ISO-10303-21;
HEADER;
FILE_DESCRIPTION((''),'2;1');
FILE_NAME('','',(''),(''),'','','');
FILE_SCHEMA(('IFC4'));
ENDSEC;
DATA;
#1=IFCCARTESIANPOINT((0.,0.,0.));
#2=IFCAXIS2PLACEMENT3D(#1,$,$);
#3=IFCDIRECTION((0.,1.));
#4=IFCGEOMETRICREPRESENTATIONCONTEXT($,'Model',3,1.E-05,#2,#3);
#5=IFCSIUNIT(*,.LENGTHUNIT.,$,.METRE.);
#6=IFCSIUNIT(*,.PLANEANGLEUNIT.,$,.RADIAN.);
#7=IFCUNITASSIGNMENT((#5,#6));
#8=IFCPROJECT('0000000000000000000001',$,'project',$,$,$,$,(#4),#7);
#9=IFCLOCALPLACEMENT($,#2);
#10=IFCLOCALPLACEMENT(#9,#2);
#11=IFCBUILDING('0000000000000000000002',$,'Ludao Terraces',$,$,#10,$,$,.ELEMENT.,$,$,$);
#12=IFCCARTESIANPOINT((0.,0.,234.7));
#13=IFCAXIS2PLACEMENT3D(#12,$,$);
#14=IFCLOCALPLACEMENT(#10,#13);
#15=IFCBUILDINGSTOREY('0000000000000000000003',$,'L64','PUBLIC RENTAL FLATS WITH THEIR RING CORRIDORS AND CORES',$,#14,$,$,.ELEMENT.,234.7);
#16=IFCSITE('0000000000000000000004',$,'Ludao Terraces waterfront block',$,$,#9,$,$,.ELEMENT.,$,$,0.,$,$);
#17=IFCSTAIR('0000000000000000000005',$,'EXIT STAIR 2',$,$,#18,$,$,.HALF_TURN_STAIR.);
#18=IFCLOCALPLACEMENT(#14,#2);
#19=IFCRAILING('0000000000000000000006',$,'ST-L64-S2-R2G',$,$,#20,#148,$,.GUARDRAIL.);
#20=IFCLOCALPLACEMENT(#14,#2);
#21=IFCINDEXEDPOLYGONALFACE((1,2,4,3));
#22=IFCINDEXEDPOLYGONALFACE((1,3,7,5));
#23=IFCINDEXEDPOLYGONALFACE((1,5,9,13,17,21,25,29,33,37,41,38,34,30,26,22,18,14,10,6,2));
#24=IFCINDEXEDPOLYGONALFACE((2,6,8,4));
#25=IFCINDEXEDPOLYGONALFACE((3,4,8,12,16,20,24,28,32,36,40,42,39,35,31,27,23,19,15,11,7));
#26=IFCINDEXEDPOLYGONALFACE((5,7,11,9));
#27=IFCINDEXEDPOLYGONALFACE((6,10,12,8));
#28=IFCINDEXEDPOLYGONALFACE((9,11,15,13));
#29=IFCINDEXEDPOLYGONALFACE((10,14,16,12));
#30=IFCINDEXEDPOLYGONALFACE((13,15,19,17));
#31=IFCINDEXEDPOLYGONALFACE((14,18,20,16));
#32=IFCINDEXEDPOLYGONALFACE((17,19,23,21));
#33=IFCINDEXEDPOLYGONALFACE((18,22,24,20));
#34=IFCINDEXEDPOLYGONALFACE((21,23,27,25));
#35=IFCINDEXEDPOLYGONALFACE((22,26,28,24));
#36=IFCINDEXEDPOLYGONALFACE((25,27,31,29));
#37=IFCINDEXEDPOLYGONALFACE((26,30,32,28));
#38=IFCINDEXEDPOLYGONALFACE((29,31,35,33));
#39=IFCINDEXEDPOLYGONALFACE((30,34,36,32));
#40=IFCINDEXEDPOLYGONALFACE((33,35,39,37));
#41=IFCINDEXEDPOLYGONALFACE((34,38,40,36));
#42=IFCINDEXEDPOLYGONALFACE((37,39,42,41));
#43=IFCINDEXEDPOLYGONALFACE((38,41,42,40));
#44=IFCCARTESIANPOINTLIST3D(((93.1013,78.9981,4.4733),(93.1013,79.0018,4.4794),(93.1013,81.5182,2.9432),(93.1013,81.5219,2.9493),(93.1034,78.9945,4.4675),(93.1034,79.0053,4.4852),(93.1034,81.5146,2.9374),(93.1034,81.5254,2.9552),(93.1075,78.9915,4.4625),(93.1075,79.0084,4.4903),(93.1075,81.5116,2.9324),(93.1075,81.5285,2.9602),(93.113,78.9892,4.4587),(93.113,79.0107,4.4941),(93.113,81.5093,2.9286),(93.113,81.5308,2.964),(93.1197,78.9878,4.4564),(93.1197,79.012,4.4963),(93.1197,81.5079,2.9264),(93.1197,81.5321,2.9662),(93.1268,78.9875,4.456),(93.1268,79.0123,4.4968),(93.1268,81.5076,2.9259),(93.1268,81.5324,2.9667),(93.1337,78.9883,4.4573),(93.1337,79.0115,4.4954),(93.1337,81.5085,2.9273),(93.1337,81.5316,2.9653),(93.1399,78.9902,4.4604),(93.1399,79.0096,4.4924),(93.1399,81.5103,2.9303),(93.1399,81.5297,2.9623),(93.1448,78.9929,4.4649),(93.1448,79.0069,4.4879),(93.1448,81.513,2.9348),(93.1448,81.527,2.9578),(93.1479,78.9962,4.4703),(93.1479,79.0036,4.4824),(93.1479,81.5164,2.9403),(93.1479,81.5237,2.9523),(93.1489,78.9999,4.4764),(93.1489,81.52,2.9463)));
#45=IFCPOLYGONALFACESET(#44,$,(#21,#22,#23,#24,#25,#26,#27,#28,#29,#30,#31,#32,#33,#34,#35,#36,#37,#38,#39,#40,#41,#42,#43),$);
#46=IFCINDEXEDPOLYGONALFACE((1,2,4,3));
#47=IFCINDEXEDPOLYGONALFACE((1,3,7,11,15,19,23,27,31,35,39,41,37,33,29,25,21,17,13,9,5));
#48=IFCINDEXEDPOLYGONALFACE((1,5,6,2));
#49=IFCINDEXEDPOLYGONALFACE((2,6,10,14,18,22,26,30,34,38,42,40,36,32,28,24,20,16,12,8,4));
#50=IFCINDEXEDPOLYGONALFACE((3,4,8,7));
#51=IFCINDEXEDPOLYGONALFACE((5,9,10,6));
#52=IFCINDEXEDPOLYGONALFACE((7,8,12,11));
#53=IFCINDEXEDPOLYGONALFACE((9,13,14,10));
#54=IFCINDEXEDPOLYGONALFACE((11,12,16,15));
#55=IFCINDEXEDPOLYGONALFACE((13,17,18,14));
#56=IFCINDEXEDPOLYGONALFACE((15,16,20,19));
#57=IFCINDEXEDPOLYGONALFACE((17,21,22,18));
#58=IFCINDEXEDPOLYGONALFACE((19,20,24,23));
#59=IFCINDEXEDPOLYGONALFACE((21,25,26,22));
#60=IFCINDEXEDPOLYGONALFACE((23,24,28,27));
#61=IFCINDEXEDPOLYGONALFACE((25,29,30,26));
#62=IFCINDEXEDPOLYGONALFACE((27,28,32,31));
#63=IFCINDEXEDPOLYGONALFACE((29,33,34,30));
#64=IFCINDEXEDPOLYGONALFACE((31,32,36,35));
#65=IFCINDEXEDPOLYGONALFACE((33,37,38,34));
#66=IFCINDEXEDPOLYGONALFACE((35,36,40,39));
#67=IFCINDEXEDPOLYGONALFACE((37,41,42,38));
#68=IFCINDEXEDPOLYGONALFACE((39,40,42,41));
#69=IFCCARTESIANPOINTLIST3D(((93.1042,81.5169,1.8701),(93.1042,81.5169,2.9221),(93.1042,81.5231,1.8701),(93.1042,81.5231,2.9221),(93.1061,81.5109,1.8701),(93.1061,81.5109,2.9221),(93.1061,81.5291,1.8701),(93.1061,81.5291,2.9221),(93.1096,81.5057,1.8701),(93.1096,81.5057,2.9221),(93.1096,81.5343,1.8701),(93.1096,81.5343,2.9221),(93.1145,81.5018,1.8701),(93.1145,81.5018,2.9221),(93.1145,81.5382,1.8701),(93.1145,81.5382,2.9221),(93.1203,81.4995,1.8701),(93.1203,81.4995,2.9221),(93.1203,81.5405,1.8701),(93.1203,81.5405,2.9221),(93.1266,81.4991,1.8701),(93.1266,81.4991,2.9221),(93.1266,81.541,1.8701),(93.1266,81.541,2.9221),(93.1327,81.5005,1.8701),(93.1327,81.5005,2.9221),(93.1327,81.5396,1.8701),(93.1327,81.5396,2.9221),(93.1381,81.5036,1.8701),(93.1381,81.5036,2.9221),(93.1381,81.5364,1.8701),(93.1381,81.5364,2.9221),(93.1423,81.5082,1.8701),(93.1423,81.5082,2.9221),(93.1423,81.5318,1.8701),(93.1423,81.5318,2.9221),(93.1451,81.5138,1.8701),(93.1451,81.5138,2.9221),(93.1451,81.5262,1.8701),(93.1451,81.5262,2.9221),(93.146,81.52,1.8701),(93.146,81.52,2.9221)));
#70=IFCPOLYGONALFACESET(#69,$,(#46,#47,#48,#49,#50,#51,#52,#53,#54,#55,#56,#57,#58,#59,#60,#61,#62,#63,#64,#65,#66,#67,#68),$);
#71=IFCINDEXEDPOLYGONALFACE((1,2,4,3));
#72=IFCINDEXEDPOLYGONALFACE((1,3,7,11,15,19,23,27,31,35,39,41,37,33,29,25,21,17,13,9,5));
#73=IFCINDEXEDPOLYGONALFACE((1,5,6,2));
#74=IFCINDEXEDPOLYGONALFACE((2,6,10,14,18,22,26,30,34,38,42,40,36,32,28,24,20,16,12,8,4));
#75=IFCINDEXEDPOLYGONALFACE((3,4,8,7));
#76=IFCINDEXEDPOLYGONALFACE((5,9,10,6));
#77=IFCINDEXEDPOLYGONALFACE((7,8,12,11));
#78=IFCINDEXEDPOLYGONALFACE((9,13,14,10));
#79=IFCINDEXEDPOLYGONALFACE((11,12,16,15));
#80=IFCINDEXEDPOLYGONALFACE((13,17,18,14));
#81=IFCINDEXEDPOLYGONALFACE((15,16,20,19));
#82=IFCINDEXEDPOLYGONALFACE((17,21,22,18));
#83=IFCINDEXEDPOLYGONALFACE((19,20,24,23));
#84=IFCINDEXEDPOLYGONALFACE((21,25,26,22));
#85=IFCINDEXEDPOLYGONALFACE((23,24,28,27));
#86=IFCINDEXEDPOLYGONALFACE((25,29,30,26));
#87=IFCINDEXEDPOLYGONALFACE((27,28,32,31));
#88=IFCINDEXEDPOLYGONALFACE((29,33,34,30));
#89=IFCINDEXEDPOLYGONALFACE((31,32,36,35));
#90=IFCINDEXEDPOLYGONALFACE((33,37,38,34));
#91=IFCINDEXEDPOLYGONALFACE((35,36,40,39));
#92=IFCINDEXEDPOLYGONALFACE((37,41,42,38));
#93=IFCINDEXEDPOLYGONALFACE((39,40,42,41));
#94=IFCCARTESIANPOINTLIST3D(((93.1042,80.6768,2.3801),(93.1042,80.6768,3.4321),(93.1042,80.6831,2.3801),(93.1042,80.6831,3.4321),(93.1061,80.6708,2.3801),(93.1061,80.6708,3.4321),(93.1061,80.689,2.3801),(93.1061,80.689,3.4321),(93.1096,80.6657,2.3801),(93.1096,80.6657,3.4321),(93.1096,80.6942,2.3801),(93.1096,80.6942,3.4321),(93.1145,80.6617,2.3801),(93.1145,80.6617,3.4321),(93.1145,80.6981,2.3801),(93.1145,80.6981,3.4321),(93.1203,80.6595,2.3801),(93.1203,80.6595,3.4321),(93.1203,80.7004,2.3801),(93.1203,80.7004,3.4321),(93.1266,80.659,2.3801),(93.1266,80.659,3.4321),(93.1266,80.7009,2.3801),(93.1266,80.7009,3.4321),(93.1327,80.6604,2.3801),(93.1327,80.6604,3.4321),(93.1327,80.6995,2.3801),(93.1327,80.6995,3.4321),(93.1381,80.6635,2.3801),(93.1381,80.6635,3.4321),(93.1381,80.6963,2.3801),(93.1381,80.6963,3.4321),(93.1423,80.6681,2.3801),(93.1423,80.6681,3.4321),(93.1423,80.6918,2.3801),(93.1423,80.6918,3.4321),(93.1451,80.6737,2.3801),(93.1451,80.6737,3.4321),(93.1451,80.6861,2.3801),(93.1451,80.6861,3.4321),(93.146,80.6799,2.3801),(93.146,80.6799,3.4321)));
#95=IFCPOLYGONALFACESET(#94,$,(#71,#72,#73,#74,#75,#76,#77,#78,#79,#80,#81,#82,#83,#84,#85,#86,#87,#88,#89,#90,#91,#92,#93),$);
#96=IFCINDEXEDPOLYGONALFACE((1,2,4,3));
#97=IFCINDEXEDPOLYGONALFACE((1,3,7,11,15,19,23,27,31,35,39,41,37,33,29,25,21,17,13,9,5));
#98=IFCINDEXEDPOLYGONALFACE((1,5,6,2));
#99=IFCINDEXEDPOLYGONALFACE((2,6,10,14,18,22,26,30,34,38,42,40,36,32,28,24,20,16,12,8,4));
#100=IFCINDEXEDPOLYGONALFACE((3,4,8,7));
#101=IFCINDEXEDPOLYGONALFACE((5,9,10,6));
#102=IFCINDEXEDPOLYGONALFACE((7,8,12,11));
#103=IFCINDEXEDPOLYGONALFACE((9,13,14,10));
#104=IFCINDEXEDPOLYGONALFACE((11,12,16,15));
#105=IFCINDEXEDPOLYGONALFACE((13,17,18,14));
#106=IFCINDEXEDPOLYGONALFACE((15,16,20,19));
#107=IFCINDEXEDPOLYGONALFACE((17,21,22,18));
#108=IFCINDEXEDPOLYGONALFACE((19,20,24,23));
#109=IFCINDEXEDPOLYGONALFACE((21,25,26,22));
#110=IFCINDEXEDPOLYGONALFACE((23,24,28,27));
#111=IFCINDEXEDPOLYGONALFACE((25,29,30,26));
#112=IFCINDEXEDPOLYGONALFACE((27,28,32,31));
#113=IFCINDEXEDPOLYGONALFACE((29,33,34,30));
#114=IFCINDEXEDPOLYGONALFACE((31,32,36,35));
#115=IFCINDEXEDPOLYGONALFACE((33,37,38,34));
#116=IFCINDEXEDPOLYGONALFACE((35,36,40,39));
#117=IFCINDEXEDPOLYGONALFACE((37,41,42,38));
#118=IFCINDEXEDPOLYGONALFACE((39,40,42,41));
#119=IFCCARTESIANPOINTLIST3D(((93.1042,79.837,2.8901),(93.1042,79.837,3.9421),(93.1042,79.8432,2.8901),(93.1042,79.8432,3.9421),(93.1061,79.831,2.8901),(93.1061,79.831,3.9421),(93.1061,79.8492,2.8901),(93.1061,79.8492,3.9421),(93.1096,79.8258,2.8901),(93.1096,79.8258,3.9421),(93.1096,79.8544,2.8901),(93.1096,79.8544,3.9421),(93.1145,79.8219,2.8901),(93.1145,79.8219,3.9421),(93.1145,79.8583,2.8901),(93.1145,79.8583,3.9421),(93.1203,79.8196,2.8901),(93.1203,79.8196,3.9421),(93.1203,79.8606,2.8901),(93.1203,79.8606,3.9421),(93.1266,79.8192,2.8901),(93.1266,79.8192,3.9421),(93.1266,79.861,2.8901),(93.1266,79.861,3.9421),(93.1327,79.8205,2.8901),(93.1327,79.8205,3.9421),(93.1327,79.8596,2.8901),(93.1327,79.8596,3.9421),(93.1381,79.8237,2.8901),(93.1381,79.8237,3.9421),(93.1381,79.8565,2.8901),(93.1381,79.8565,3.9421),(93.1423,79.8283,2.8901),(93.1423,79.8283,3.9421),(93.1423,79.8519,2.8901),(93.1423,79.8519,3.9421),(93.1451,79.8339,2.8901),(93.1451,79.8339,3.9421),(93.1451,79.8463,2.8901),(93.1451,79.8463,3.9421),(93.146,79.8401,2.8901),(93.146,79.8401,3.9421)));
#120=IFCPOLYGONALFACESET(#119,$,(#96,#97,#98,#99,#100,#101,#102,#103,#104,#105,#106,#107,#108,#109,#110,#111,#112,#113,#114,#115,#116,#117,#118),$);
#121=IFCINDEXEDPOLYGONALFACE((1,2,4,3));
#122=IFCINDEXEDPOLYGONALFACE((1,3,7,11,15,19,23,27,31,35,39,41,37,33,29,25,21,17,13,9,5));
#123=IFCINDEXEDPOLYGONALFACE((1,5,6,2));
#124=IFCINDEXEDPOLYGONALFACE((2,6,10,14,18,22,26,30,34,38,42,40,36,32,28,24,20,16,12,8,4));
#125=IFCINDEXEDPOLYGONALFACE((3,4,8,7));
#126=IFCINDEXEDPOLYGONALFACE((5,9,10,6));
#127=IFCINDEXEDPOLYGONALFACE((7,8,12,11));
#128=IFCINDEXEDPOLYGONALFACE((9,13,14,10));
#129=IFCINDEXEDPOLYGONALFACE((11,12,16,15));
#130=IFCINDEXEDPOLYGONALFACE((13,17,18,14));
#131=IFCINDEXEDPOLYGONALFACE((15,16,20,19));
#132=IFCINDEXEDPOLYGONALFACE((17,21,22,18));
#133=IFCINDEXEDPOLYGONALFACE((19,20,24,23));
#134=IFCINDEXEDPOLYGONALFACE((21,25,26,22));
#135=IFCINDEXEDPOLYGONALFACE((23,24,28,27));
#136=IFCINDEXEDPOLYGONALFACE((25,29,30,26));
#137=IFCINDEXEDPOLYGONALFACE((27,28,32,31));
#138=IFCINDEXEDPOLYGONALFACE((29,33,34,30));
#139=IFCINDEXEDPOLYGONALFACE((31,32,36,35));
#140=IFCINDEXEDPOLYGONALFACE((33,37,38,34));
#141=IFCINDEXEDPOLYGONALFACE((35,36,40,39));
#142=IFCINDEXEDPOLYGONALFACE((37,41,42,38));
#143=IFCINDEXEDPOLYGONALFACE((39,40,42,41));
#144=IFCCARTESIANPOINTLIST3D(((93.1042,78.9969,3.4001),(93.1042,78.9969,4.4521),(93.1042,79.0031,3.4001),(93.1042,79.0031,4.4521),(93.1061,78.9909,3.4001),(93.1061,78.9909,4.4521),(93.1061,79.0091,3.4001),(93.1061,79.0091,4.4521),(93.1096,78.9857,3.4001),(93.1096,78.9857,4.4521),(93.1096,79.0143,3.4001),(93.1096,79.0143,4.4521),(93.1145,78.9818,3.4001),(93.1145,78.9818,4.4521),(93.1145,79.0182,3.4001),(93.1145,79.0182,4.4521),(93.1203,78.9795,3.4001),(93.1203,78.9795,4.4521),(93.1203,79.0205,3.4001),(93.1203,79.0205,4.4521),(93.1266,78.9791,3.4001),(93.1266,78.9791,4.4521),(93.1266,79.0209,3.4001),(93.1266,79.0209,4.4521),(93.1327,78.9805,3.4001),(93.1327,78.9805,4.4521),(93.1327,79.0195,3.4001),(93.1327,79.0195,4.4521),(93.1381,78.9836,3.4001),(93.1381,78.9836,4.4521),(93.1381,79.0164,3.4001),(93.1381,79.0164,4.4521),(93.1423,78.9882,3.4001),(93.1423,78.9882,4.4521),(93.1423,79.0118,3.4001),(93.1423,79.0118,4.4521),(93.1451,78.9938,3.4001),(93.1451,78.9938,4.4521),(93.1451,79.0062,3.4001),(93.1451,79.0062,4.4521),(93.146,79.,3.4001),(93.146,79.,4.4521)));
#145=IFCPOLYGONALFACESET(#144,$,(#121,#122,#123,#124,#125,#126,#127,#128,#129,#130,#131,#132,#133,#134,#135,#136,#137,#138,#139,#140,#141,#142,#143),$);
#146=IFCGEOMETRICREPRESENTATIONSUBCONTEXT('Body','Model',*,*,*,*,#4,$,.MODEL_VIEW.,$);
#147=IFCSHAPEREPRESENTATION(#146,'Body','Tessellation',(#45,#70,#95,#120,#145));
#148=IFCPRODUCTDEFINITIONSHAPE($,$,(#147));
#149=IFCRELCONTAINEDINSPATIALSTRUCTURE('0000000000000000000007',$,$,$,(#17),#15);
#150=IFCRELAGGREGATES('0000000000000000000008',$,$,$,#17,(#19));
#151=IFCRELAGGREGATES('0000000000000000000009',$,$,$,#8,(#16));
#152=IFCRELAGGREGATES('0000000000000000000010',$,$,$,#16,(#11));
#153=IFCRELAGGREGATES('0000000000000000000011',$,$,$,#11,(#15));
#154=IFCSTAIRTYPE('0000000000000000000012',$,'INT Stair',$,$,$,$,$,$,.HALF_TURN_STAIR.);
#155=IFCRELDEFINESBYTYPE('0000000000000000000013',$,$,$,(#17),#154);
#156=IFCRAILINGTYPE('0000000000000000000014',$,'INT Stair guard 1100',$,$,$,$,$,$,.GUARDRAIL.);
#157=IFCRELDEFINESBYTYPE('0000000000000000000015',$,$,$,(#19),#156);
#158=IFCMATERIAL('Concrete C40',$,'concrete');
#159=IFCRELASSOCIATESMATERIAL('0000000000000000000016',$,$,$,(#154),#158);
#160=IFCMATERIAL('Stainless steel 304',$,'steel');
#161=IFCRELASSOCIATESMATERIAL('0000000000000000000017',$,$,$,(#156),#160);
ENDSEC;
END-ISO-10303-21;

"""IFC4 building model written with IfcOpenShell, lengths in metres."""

from ifc_helpers import new_model, si_unit, direction, frame, origin, origin_2d, place, context, subcontext, project, spatial, circle, extrude, material, type_object, element, aggregate, save


model = new_model("IFC4")

# Units and contexts
model_context = context("Model", 3, precision=1e-05, world=origin(), true_north=direction((0.0, 1.0)))
body_context = subcontext(model_context, "Body", "Model", "MODEL_VIEW")
ifc_project = project(units=[si_unit("LENGTHUNIT", "METRE"), si_unit("PLANEANGLEUNIT", "RADIAN")], contexts=[model_context])

# Site, building, storey
site_placement = place(None, origin())
site = spatial("IfcSite", under=ifc_project, at=site_placement, Name="Ludao Terraces waterfront block", CompositionType="ELEMENT", RefElevation=0.0)
building_placement = place(site_placement, origin())
building = spatial("IfcBuilding", under=site, at=building_placement, Name="Ludao Terraces", CompositionType="ELEMENT")
storey_placement = place(building_placement, frame((0.0, 0.0, 234.7)))
storey = spatial("IfcBuildingStorey", under=building, at=storey_placement, Name="L64", Description="PUBLIC RENTAL FLATS WITH THEIR RING CORRIDORS AND CORES", CompositionType="ELEMENT", Elevation=234.7)

# Shared definitions
ifc_material_1 = material(Name="Concrete C40", Category="concrete")

# Shared definitions
ifc_material_2 = material(Name="Stainless steel 304", Category="steel")

# Stair, railing
stair_type = type_object("IfcStairType", Name="INT Stair", PredefinedType="HALF_TURN_STAIR", material=ifc_material_1)
stair_placement = place(storey_placement, origin())
stair = element("IfcStair", 1, at=stair_placement, inside=storey, type_object=stair_type, Name="EXIT STAIR 2", PredefinedType="HALF_TURN_STAIR")
railing_type_1 = type_object("IfcRailingType", Name="INT Stair guard 1100", PredefinedType="GUARDRAIL", material=ifc_material_2)
railing_1_placement = place(storey_placement, frame((93.125, 81.52, 1.8701)))
railing_1 = element("IfcRailing", 2, at=railing_1_placement, type_object=railing_type_1, Name="ST-L64-S2-R2G", PredefinedType="GUARDRAIL", context=body_context, shape_type="SweptSolid", body=[
    extrude(circle(Radius=0.0239, at=origin_2d()), frame((0.0, 0.0, 1.0762), z_axis=(0.0, -0.854785, 0.518982), x_axis=(1.0, 0.0, 0.0)), (0.0, 0.0, 1.0), 2.9482),
    extrude(circle(Radius=0.021, at=origin_2d()), origin(), (0.0, 0.0, 1.0), 1.052),
    extrude(circle(Radius=0.021, at=origin_2d()), frame((0.0, -0.8401, 0.51)), (0.0, 0.0, 1.0), 1.052),
    extrude(circle(Radius=0.021, at=origin_2d()), frame((0.0, -1.6799, 1.02)), (0.0, 0.0, 1.0), 1.052),
    extrude(circle(Radius=0.021, at=origin_2d()), frame((0.0, -2.52, 1.53)), (0.0, 0.0, 1.0), 1.052),
])
aggregate(stair, [railing_1])

save(model, "model.ifc")
